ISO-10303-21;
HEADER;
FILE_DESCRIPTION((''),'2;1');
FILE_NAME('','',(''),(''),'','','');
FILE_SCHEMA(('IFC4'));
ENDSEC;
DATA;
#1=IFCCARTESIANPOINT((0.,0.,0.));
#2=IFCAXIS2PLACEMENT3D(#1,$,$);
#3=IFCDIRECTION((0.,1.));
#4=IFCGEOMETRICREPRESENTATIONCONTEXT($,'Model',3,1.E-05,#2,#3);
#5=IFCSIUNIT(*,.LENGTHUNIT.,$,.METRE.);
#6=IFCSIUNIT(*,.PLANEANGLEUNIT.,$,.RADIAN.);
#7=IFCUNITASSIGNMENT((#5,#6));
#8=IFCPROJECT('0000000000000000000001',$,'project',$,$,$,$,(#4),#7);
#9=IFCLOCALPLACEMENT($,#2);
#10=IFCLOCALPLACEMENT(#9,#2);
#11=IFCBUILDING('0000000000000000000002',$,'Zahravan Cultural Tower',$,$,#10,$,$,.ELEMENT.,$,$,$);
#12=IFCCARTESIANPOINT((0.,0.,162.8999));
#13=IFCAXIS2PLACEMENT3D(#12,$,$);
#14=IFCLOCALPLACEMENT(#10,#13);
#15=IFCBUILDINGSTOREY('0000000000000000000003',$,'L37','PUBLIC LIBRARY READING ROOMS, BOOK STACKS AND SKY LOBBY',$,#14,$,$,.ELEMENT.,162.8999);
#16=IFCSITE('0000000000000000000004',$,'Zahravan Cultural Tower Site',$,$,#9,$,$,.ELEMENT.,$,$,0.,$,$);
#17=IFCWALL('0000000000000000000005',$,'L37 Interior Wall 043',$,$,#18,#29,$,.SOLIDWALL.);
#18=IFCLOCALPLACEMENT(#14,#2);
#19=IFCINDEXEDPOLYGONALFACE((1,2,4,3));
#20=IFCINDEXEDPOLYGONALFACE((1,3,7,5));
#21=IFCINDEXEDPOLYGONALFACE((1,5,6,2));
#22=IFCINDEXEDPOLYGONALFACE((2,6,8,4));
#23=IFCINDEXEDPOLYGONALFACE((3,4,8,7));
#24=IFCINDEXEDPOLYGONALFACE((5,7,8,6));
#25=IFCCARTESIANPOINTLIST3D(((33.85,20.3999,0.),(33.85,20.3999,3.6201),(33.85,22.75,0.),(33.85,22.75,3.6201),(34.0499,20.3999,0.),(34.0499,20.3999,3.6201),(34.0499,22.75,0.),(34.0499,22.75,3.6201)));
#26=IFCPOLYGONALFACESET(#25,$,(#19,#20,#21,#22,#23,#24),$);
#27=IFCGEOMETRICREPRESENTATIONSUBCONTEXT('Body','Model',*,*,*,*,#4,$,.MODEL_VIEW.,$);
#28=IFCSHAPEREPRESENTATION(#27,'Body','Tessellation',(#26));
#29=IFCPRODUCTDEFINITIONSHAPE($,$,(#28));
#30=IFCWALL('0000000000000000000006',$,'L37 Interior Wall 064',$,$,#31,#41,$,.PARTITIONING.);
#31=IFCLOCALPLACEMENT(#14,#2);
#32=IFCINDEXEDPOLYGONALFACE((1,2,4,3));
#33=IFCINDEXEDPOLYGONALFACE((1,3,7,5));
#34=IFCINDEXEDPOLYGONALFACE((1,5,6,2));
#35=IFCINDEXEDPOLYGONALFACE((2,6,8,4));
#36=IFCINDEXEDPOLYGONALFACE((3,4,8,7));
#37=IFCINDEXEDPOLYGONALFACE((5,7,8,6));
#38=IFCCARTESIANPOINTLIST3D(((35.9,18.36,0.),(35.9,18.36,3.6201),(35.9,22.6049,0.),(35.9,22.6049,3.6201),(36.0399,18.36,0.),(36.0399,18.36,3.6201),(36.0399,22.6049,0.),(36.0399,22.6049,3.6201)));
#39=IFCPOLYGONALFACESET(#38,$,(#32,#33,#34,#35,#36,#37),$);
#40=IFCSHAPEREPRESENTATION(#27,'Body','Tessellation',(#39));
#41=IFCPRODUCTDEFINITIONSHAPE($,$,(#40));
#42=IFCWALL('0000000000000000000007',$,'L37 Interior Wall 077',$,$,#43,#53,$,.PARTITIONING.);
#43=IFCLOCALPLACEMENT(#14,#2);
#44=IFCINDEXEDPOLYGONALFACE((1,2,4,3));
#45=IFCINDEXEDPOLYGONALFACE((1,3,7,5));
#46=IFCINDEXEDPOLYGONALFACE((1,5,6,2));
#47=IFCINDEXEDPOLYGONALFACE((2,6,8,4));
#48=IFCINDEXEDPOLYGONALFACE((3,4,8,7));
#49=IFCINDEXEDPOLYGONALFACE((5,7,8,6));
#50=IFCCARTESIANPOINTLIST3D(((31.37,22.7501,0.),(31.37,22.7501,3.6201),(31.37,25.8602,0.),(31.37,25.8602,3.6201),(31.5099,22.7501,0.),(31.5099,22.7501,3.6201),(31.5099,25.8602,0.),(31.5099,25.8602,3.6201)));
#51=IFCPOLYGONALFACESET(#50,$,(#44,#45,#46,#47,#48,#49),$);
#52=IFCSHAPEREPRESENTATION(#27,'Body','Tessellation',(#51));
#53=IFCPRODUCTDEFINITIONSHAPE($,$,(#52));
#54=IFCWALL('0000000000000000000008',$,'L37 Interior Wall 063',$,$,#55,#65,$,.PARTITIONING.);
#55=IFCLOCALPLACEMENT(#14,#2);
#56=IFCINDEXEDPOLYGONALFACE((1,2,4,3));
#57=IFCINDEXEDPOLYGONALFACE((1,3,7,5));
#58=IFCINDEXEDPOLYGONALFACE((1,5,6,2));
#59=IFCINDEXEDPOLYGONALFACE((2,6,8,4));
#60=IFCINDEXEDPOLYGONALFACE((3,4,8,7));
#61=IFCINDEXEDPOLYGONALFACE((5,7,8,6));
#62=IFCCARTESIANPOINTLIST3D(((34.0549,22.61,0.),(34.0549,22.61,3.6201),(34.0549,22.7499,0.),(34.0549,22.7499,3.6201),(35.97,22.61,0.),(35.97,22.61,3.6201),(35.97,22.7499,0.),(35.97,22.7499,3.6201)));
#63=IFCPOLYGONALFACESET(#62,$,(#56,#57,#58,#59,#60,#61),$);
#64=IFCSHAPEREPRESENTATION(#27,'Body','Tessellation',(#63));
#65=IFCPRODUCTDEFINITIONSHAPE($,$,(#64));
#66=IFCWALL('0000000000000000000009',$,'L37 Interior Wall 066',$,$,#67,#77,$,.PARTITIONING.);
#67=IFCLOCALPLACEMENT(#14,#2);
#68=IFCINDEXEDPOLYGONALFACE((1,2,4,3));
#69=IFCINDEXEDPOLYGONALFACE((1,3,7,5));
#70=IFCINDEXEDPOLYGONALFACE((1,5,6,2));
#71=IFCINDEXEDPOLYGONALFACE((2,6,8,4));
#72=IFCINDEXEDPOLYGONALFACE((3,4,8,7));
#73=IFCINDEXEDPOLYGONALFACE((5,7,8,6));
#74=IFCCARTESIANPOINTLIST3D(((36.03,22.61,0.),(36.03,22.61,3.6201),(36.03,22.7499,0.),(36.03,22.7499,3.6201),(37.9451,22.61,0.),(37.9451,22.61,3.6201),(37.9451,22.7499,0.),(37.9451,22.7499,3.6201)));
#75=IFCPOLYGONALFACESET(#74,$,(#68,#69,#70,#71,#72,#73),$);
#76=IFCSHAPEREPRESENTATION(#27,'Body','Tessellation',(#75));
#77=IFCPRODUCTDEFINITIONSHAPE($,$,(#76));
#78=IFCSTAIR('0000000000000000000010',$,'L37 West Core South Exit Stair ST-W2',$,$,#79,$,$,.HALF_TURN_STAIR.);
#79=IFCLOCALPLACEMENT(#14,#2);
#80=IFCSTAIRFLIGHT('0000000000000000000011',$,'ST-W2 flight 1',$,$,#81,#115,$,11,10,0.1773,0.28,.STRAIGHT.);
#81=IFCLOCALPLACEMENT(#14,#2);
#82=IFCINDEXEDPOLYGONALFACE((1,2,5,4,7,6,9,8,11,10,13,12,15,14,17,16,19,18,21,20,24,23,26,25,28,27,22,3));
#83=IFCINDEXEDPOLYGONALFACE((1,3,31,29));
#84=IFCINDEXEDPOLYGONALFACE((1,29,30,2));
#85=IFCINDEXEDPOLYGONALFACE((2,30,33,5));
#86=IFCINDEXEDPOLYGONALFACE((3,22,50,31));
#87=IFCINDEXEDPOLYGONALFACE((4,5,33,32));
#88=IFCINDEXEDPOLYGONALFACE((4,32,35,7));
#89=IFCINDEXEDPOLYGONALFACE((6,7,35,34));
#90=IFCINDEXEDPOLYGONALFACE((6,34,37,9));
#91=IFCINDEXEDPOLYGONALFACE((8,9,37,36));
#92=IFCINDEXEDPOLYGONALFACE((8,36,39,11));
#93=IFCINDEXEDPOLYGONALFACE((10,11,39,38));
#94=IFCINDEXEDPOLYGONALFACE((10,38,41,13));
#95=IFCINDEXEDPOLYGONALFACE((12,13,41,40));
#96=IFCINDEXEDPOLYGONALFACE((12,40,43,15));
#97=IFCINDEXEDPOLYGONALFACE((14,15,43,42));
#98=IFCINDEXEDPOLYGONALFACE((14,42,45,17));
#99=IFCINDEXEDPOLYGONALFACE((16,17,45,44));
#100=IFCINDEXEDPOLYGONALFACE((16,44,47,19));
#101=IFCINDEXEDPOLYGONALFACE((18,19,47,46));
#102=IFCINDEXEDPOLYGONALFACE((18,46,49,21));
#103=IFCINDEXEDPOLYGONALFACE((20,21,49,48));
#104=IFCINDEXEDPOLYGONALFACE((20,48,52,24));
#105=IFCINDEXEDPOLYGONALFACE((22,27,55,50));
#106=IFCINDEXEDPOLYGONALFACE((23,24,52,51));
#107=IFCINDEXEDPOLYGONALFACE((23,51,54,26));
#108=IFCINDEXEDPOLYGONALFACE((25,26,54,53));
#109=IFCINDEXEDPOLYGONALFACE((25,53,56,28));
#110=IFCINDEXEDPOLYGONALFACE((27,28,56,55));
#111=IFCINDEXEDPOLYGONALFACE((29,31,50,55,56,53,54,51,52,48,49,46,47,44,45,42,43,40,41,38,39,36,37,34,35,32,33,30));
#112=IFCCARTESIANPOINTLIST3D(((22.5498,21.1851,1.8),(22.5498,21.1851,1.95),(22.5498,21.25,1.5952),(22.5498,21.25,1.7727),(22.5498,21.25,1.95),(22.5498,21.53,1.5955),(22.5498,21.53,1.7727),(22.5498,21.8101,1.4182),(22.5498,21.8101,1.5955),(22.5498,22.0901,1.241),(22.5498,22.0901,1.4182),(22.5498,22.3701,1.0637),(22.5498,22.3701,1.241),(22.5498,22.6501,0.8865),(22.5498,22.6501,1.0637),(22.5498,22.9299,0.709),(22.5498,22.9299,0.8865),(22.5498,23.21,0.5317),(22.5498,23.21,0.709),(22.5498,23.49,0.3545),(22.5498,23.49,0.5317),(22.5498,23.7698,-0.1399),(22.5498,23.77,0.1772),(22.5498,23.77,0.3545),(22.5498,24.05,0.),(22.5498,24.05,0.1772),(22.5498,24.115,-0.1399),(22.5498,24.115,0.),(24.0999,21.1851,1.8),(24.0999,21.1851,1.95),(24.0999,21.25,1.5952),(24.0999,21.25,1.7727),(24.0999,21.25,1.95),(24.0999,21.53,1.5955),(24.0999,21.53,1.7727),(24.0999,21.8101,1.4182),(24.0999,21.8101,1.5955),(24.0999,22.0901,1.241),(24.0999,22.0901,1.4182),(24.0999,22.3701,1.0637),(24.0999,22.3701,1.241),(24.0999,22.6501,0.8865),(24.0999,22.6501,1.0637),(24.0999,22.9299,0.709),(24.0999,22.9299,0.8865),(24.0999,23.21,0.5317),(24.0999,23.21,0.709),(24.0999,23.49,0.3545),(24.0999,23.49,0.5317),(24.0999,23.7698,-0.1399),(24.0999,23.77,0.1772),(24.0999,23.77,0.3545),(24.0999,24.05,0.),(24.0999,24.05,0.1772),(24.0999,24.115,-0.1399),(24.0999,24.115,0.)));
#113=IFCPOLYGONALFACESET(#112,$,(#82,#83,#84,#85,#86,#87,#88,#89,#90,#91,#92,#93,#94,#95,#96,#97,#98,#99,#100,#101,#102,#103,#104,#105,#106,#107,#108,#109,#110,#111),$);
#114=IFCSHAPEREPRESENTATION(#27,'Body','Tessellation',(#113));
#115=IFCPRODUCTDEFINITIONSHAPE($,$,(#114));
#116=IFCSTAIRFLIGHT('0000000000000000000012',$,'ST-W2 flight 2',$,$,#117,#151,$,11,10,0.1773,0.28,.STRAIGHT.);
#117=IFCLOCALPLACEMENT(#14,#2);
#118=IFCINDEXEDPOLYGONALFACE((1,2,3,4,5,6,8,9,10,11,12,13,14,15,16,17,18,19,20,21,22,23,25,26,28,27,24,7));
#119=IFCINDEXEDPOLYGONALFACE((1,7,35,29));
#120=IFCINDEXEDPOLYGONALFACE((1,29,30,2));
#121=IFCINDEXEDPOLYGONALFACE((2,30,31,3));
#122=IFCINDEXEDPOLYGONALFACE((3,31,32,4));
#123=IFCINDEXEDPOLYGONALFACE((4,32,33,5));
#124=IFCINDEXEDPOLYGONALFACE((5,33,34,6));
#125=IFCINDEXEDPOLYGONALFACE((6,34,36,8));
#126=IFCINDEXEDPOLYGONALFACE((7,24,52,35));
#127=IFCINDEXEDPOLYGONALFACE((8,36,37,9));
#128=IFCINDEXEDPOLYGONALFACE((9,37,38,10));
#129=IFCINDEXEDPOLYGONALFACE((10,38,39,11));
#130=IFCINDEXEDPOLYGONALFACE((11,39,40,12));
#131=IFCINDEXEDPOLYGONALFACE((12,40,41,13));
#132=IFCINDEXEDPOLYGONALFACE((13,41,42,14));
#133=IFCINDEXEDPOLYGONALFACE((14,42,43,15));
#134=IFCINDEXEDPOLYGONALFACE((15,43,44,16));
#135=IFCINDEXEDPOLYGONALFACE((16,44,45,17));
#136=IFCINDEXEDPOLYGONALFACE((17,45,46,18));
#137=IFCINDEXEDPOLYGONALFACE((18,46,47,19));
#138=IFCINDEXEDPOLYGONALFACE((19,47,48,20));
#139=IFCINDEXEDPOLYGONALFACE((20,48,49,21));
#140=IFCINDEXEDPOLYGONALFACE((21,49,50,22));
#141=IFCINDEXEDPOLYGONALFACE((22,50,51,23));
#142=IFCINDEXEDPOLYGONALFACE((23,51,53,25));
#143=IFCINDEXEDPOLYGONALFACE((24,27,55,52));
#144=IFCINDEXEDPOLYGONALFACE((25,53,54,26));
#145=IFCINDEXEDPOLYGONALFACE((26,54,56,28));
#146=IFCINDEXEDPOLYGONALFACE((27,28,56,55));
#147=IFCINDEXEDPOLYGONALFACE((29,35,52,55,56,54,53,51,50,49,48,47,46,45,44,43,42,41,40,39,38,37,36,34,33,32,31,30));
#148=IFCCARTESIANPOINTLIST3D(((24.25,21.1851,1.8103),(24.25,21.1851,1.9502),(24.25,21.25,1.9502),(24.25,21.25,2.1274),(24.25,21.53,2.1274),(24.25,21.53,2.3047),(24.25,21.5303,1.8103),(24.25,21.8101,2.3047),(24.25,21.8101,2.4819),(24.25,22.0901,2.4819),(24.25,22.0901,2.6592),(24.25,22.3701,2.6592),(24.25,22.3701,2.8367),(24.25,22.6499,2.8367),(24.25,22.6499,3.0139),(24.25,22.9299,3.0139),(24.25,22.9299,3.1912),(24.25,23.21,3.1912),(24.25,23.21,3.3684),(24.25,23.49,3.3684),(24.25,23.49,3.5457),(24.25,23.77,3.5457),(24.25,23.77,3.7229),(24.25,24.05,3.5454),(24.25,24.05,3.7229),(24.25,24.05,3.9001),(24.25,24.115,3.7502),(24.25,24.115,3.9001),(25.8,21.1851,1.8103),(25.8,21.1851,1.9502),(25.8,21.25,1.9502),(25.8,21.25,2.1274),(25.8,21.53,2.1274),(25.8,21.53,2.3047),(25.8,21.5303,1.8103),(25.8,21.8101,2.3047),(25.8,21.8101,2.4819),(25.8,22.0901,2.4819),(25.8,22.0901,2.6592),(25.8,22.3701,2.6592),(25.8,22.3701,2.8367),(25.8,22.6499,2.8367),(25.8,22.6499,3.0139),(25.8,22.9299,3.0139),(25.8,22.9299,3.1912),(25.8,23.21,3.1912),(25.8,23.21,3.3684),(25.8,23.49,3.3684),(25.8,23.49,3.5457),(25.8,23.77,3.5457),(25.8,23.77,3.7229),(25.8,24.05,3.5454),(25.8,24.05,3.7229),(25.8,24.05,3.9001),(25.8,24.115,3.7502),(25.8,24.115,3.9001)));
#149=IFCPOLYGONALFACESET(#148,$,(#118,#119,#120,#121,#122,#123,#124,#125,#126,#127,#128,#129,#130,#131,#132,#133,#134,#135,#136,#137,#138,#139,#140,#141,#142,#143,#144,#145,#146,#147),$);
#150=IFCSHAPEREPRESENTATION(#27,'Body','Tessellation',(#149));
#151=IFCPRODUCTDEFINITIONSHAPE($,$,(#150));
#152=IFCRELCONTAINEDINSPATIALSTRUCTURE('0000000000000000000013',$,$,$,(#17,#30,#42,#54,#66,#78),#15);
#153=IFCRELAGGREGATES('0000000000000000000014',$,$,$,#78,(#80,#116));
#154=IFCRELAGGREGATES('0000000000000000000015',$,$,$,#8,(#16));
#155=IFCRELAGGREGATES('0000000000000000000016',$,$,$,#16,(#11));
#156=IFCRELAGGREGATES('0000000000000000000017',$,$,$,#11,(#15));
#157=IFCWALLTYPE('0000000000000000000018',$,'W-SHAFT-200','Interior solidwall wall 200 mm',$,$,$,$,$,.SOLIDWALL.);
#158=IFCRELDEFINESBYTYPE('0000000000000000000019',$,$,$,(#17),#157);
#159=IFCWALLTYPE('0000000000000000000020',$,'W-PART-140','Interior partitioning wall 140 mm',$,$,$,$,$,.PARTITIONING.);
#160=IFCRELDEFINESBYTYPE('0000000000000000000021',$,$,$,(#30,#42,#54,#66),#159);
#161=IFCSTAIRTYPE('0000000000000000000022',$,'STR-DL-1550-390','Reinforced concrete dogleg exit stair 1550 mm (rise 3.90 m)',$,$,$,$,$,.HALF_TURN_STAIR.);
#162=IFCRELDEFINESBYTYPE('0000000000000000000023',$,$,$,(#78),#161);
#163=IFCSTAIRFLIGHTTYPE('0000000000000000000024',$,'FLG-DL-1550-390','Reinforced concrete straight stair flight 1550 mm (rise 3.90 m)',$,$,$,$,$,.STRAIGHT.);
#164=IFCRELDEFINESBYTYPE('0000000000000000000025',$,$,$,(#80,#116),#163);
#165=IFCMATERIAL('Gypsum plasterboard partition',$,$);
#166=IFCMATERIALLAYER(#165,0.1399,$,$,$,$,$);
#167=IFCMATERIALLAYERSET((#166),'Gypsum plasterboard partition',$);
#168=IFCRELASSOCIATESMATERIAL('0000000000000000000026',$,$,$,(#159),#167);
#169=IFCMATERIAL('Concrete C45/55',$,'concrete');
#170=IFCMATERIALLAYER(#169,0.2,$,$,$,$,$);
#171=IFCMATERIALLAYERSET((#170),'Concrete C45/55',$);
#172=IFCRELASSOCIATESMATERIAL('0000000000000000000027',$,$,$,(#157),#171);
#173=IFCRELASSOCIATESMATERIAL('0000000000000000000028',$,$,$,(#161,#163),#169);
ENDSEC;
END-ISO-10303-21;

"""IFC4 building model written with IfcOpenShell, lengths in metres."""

from ifc_helpers import new_model, si_unit, direction, frame, frame_2d, origin, place, context, subcontext, project, spatial, polyline, rectangle, outline, extrude, source, transform, mapped, material, layer, layer_set, type_object, element, aggregate, save


model = new_model("IFC4")

# Units and contexts
model_context = context("Model", 3, precision=1e-05, world=origin(), true_north=direction((0.0, 1.0)))
body_context = subcontext(model_context, "Body", "Model", "MODEL_VIEW")
ifc_project = project(units=[si_unit("LENGTHUNIT", "METRE"), si_unit("PLANEANGLEUNIT", "RADIAN")], contexts=[model_context])

# Site, building, storey
site_placement = place(None, origin())
site = spatial("IfcSite", under=ifc_project, at=site_placement, Name="Zahravan Cultural Tower Site", CompositionType="ELEMENT", RefElevation=0.0)
building_placement = place(site_placement, origin())
building = spatial("IfcBuilding", under=site, at=building_placement, Name="Zahravan Cultural Tower", CompositionType="ELEMENT")
storey_placement = place(building_placement, frame((0.0, 0.0, 162.8999)))
storey = spatial("IfcBuildingStorey", under=building, at=storey_placement, Name="L37", Description="PUBLIC LIBRARY READING ROOMS, BOOK STACKS AND SKY LOBBY", CompositionType="ELEMENT", Elevation=162.8999)

# Shared definitions
ifc_material_1 = material(Name="Gypsum plasterboard partition")
ifc_layer_1 = layer(ifc_material_1, 0.1399)
ifc_layer_set_1 = layer_set([ifc_layer_1], Name="Gypsum plasterboard partition")
wall_type_1 = type_object("IfcWallType", Name="W-PART-140", Description="Interior partitioning wall 140 mm", PredefinedType="PARTITIONING", material=ifc_layer_set_1)
ifc_material_2 = material(Name="Concrete C45/55", Category="concrete")
ifc_layer_2 = layer(ifc_material_2, 0.2)
ifc_layer_set_2 = layer_set([ifc_layer_2], Name="Concrete C45/55")
wall_type_2 = type_object("IfcWallType", Name="W-SHAFT-200", Description="Interior solidwall wall 200 mm", PredefinedType="SOLIDWALL", material=ifc_layer_set_2)

# Walls
shared_shape_1 = source(origin(), body_context, "Body", "SweptSolid", [
    extrude(rectangle(XDim=2.3501, YDim=0.2, at=frame_2d((1.175, 0.0))), origin(), (0.0, 0.0, 1.0), 3.6201),
])
wall_1_placement = place(storey_placement, frame((33.95, 20.3999, 0.0), z_axis=(0.0, 0.0, 1.0), x_axis=(0.0, 1.0, 0.0)))
element("IfcWall", 1, at=wall_1_placement, inside=storey, type_object=wall_type_2, Name="L37 Interior Wall 043", PredefinedType="SOLIDWALL", context=body_context, shape_type="MappedRepresentation", body=[
    mapped(shared_shape_1, transform((0.0, 0.0, 0.0), x_axis=(1.0, 0.0, 0.0), y_axis=(0.0, 1.0, 0.0), z_axis=(0.0, 0.0, 1.0), scale=1.0)),
])
shared_shape_2 = source(origin(), body_context, "Body", "SweptSolid", [
    extrude(rectangle(XDim=4.2449, YDim=0.1399, at=frame_2d((2.1226, 0.0))), origin(), (0.0, 0.0, 1.0), 3.6201),
])
wall_2_placement = place(storey_placement, frame((35.97, 22.605, 0.0), z_axis=(0.0, 0.0, 1.0), x_axis=(0.0, -1.0, 0.0)))
element("IfcWall", 2, at=wall_2_placement, inside=storey, type_object=wall_type_1, Name="L37 Interior Wall 064", PredefinedType="PARTITIONING", context=body_context, shape_type="MappedRepresentation", body=[
    mapped(shared_shape_2, transform((0.0, 0.0, 0.0), x_axis=(1.0, 0.0, 0.0), y_axis=(0.0, 1.0, 0.0), z_axis=(0.0, 0.0, 1.0), scale=1.0)),
])
shared_shape_3 = source(origin(), body_context, "Body", "SweptSolid", [
    extrude(rectangle(XDim=3.1101, YDim=0.1399, at=frame_2d((1.5552, 0.0))), origin(), (0.0, 0.0, 1.0), 3.6201),
])
wall_3_placement = place(storey_placement, frame((31.4399, 22.75, 0.0), z_axis=(0.0, 0.0, 1.0), x_axis=(0.0, 1.0, 0.0)))
element("IfcWall", 3, at=wall_3_placement, inside=storey, type_object=wall_type_1, Name="L37 Interior Wall 077", PredefinedType="PARTITIONING", context=body_context, shape_type="MappedRepresentation", body=[
    mapped(shared_shape_3, transform((0.0, 0.0, 0.0), x_axis=(1.0, 0.0, 0.0), y_axis=(0.0, 1.0, 0.0), z_axis=(0.0, 0.0, 1.0), scale=1.0)),
])
shared_shape_4 = source(origin(), body_context, "Body", "SweptSolid", [
    extrude(rectangle(XDim=1.915, YDim=0.1399, at=frame_2d((0.9575, 0.0))), origin(), (0.0, 0.0, 1.0), 3.6201),
])
for number, where, z_axis, x_axis, name in (
    (4, (34.0549, 22.6799, 0.0), (0.0, 0.0, 1.0), (1.0, 0.0, 0.0), "L37 Interior Wall 063"),
    (5, (36.03, 22.6799, 0.0), (0.0, 0.0, 1.0), (1.0, 0.0, 0.0), "L37 Interior Wall 066"),
):
    element("IfcWall", number, at=place(storey_placement, frame(where, z_axis=z_axis, x_axis=x_axis)), inside=storey, type_object=wall_type_1, Name=name, PredefinedType="PARTITIONING", context=body_context, shape_type="MappedRepresentation", body=[
        mapped(shared_shape_4, transform((0.0, 0.0, 0.0), x_axis=(1.0, 0.0, 0.0), y_axis=(0.0, 1.0, 0.0), z_axis=(0.0, 0.0, 1.0), scale=1.0)),
    ])

# Stair, stair flights
stair_type = type_object("IfcStairType", Name="STR-DL-1550-390", Description="Reinforced concrete dogleg exit stair 1550 mm (rise 3.90 m)", PredefinedType="HALF_TURN_STAIR", material=ifc_material_2)
stair_placement = place(storey_placement, origin())
stair = element("IfcStair", 6, at=stair_placement, inside=storey, type_object=stair_type, Name="L37 West Core South Exit Stair ST-W2", PredefinedType="HALF_TURN_STAIR")
stair_flight_type = type_object("IfcStairFlightType", Name="FLG-DL-1550-390", Description="Reinforced concrete straight stair flight 1550 mm (rise 3.90 m)", PredefinedType="STRAIGHT", material=ifc_material_2)
stair_flight_1_placement = place(storey_placement, frame((23.325, 24.05, 0.0), z_axis=(0.0, 0.0, 1.0), x_axis=(0.0, -1.0, 0.0)))
stair_flight_1 = element("IfcStairFlight", 7, at=stair_flight_1_placement, type_object=stair_flight_type, Name="ST-W2 flight 1", NumberOfRisers=11, NumberOfTreads=10, PredefinedType="STRAIGHT", RiserHeight=0.1773, TreadLength=0.28, context=body_context, shape_type="SweptSolid", body=[
    extrude(outline(polyline([(-0.0649, -0.1399), (-0.0649, 0.0), (0.0, 0.0), (0.0, 0.1772), (0.28, 0.1772), (0.28, 0.3545), (0.5601, 0.3545), (0.5601, 0.5317), (0.8401, 0.5317), (0.8401, 0.709), (1.1201, 0.709), (1.1201, 0.8865), (1.3999, 0.8865), (1.3999, 1.0637), (1.6799, 1.0637), (1.6799, 1.241), (1.96, 1.241), (1.96, 1.4182), (2.24, 1.4182), (2.24, 1.5955), (2.52, 1.5955), (2.52, 1.7727), (2.8, 1.7727), (2.8, 1.95), (2.865, 1.95), (2.865, 1.8), (2.8, 1.5952), (0.2803, -0.1399), (-0.0649, -0.1399)])), frame((0.0, 0.7749, 0.0), z_axis=(0.0, -1.0, 0.0), x_axis=(1.0, 0.0, 0.0)), (0.0, 0.0, 1.0), 1.55),
])
stair_flight_2_placement = place(storey_placement, frame((25.0249, 21.25, 1.9502), z_axis=(0.0, 0.0, 1.0), x_axis=(0.0, 1.0, 0.0)))
stair_flight_2 = element("IfcStairFlight", 8, at=stair_flight_2_placement, type_object=stair_flight_type, Name="ST-W2 flight 2", NumberOfRisers=11, NumberOfTreads=10, PredefinedType="STRAIGHT", RiserHeight=0.1773, TreadLength=0.28, context=body_context, shape_type="SweptSolid", body=[
    extrude(outline(polyline([(-0.0649, -0.1399), (-0.0649, 0.0), (0.0, 0.0), (0.0, 0.1772), (0.28, 0.1772), (0.28, 0.3545), (0.5601, 0.3545), (0.5601, 0.5317), (0.8401, 0.5317), (0.8401, 0.709), (1.1201, 0.709), (1.1201, 0.8865), (1.3999, 0.8865), (1.3999, 1.0637), (1.6799, 1.0637), (1.6799, 1.241), (1.96, 1.241), (1.96, 1.4182), (2.24, 1.4182), (2.24, 1.5955), (2.52, 1.5955), (2.52, 1.7727), (2.8, 1.7727), (2.8, 1.95), (2.865, 1.95), (2.865, 1.8), (2.8, 1.5952), (0.2803, -0.1399), (-0.0649, -0.1399)])), frame((0.0, 0.7749, 0.0), z_axis=(0.0, -1.0, 0.0), x_axis=(1.0, 0.0, 0.0)), (0.0, 0.0, 1.0), 1.55),
])
aggregate(stair, [stair_flight_1, stair_flight_2])

save(model, "model.ifc")
